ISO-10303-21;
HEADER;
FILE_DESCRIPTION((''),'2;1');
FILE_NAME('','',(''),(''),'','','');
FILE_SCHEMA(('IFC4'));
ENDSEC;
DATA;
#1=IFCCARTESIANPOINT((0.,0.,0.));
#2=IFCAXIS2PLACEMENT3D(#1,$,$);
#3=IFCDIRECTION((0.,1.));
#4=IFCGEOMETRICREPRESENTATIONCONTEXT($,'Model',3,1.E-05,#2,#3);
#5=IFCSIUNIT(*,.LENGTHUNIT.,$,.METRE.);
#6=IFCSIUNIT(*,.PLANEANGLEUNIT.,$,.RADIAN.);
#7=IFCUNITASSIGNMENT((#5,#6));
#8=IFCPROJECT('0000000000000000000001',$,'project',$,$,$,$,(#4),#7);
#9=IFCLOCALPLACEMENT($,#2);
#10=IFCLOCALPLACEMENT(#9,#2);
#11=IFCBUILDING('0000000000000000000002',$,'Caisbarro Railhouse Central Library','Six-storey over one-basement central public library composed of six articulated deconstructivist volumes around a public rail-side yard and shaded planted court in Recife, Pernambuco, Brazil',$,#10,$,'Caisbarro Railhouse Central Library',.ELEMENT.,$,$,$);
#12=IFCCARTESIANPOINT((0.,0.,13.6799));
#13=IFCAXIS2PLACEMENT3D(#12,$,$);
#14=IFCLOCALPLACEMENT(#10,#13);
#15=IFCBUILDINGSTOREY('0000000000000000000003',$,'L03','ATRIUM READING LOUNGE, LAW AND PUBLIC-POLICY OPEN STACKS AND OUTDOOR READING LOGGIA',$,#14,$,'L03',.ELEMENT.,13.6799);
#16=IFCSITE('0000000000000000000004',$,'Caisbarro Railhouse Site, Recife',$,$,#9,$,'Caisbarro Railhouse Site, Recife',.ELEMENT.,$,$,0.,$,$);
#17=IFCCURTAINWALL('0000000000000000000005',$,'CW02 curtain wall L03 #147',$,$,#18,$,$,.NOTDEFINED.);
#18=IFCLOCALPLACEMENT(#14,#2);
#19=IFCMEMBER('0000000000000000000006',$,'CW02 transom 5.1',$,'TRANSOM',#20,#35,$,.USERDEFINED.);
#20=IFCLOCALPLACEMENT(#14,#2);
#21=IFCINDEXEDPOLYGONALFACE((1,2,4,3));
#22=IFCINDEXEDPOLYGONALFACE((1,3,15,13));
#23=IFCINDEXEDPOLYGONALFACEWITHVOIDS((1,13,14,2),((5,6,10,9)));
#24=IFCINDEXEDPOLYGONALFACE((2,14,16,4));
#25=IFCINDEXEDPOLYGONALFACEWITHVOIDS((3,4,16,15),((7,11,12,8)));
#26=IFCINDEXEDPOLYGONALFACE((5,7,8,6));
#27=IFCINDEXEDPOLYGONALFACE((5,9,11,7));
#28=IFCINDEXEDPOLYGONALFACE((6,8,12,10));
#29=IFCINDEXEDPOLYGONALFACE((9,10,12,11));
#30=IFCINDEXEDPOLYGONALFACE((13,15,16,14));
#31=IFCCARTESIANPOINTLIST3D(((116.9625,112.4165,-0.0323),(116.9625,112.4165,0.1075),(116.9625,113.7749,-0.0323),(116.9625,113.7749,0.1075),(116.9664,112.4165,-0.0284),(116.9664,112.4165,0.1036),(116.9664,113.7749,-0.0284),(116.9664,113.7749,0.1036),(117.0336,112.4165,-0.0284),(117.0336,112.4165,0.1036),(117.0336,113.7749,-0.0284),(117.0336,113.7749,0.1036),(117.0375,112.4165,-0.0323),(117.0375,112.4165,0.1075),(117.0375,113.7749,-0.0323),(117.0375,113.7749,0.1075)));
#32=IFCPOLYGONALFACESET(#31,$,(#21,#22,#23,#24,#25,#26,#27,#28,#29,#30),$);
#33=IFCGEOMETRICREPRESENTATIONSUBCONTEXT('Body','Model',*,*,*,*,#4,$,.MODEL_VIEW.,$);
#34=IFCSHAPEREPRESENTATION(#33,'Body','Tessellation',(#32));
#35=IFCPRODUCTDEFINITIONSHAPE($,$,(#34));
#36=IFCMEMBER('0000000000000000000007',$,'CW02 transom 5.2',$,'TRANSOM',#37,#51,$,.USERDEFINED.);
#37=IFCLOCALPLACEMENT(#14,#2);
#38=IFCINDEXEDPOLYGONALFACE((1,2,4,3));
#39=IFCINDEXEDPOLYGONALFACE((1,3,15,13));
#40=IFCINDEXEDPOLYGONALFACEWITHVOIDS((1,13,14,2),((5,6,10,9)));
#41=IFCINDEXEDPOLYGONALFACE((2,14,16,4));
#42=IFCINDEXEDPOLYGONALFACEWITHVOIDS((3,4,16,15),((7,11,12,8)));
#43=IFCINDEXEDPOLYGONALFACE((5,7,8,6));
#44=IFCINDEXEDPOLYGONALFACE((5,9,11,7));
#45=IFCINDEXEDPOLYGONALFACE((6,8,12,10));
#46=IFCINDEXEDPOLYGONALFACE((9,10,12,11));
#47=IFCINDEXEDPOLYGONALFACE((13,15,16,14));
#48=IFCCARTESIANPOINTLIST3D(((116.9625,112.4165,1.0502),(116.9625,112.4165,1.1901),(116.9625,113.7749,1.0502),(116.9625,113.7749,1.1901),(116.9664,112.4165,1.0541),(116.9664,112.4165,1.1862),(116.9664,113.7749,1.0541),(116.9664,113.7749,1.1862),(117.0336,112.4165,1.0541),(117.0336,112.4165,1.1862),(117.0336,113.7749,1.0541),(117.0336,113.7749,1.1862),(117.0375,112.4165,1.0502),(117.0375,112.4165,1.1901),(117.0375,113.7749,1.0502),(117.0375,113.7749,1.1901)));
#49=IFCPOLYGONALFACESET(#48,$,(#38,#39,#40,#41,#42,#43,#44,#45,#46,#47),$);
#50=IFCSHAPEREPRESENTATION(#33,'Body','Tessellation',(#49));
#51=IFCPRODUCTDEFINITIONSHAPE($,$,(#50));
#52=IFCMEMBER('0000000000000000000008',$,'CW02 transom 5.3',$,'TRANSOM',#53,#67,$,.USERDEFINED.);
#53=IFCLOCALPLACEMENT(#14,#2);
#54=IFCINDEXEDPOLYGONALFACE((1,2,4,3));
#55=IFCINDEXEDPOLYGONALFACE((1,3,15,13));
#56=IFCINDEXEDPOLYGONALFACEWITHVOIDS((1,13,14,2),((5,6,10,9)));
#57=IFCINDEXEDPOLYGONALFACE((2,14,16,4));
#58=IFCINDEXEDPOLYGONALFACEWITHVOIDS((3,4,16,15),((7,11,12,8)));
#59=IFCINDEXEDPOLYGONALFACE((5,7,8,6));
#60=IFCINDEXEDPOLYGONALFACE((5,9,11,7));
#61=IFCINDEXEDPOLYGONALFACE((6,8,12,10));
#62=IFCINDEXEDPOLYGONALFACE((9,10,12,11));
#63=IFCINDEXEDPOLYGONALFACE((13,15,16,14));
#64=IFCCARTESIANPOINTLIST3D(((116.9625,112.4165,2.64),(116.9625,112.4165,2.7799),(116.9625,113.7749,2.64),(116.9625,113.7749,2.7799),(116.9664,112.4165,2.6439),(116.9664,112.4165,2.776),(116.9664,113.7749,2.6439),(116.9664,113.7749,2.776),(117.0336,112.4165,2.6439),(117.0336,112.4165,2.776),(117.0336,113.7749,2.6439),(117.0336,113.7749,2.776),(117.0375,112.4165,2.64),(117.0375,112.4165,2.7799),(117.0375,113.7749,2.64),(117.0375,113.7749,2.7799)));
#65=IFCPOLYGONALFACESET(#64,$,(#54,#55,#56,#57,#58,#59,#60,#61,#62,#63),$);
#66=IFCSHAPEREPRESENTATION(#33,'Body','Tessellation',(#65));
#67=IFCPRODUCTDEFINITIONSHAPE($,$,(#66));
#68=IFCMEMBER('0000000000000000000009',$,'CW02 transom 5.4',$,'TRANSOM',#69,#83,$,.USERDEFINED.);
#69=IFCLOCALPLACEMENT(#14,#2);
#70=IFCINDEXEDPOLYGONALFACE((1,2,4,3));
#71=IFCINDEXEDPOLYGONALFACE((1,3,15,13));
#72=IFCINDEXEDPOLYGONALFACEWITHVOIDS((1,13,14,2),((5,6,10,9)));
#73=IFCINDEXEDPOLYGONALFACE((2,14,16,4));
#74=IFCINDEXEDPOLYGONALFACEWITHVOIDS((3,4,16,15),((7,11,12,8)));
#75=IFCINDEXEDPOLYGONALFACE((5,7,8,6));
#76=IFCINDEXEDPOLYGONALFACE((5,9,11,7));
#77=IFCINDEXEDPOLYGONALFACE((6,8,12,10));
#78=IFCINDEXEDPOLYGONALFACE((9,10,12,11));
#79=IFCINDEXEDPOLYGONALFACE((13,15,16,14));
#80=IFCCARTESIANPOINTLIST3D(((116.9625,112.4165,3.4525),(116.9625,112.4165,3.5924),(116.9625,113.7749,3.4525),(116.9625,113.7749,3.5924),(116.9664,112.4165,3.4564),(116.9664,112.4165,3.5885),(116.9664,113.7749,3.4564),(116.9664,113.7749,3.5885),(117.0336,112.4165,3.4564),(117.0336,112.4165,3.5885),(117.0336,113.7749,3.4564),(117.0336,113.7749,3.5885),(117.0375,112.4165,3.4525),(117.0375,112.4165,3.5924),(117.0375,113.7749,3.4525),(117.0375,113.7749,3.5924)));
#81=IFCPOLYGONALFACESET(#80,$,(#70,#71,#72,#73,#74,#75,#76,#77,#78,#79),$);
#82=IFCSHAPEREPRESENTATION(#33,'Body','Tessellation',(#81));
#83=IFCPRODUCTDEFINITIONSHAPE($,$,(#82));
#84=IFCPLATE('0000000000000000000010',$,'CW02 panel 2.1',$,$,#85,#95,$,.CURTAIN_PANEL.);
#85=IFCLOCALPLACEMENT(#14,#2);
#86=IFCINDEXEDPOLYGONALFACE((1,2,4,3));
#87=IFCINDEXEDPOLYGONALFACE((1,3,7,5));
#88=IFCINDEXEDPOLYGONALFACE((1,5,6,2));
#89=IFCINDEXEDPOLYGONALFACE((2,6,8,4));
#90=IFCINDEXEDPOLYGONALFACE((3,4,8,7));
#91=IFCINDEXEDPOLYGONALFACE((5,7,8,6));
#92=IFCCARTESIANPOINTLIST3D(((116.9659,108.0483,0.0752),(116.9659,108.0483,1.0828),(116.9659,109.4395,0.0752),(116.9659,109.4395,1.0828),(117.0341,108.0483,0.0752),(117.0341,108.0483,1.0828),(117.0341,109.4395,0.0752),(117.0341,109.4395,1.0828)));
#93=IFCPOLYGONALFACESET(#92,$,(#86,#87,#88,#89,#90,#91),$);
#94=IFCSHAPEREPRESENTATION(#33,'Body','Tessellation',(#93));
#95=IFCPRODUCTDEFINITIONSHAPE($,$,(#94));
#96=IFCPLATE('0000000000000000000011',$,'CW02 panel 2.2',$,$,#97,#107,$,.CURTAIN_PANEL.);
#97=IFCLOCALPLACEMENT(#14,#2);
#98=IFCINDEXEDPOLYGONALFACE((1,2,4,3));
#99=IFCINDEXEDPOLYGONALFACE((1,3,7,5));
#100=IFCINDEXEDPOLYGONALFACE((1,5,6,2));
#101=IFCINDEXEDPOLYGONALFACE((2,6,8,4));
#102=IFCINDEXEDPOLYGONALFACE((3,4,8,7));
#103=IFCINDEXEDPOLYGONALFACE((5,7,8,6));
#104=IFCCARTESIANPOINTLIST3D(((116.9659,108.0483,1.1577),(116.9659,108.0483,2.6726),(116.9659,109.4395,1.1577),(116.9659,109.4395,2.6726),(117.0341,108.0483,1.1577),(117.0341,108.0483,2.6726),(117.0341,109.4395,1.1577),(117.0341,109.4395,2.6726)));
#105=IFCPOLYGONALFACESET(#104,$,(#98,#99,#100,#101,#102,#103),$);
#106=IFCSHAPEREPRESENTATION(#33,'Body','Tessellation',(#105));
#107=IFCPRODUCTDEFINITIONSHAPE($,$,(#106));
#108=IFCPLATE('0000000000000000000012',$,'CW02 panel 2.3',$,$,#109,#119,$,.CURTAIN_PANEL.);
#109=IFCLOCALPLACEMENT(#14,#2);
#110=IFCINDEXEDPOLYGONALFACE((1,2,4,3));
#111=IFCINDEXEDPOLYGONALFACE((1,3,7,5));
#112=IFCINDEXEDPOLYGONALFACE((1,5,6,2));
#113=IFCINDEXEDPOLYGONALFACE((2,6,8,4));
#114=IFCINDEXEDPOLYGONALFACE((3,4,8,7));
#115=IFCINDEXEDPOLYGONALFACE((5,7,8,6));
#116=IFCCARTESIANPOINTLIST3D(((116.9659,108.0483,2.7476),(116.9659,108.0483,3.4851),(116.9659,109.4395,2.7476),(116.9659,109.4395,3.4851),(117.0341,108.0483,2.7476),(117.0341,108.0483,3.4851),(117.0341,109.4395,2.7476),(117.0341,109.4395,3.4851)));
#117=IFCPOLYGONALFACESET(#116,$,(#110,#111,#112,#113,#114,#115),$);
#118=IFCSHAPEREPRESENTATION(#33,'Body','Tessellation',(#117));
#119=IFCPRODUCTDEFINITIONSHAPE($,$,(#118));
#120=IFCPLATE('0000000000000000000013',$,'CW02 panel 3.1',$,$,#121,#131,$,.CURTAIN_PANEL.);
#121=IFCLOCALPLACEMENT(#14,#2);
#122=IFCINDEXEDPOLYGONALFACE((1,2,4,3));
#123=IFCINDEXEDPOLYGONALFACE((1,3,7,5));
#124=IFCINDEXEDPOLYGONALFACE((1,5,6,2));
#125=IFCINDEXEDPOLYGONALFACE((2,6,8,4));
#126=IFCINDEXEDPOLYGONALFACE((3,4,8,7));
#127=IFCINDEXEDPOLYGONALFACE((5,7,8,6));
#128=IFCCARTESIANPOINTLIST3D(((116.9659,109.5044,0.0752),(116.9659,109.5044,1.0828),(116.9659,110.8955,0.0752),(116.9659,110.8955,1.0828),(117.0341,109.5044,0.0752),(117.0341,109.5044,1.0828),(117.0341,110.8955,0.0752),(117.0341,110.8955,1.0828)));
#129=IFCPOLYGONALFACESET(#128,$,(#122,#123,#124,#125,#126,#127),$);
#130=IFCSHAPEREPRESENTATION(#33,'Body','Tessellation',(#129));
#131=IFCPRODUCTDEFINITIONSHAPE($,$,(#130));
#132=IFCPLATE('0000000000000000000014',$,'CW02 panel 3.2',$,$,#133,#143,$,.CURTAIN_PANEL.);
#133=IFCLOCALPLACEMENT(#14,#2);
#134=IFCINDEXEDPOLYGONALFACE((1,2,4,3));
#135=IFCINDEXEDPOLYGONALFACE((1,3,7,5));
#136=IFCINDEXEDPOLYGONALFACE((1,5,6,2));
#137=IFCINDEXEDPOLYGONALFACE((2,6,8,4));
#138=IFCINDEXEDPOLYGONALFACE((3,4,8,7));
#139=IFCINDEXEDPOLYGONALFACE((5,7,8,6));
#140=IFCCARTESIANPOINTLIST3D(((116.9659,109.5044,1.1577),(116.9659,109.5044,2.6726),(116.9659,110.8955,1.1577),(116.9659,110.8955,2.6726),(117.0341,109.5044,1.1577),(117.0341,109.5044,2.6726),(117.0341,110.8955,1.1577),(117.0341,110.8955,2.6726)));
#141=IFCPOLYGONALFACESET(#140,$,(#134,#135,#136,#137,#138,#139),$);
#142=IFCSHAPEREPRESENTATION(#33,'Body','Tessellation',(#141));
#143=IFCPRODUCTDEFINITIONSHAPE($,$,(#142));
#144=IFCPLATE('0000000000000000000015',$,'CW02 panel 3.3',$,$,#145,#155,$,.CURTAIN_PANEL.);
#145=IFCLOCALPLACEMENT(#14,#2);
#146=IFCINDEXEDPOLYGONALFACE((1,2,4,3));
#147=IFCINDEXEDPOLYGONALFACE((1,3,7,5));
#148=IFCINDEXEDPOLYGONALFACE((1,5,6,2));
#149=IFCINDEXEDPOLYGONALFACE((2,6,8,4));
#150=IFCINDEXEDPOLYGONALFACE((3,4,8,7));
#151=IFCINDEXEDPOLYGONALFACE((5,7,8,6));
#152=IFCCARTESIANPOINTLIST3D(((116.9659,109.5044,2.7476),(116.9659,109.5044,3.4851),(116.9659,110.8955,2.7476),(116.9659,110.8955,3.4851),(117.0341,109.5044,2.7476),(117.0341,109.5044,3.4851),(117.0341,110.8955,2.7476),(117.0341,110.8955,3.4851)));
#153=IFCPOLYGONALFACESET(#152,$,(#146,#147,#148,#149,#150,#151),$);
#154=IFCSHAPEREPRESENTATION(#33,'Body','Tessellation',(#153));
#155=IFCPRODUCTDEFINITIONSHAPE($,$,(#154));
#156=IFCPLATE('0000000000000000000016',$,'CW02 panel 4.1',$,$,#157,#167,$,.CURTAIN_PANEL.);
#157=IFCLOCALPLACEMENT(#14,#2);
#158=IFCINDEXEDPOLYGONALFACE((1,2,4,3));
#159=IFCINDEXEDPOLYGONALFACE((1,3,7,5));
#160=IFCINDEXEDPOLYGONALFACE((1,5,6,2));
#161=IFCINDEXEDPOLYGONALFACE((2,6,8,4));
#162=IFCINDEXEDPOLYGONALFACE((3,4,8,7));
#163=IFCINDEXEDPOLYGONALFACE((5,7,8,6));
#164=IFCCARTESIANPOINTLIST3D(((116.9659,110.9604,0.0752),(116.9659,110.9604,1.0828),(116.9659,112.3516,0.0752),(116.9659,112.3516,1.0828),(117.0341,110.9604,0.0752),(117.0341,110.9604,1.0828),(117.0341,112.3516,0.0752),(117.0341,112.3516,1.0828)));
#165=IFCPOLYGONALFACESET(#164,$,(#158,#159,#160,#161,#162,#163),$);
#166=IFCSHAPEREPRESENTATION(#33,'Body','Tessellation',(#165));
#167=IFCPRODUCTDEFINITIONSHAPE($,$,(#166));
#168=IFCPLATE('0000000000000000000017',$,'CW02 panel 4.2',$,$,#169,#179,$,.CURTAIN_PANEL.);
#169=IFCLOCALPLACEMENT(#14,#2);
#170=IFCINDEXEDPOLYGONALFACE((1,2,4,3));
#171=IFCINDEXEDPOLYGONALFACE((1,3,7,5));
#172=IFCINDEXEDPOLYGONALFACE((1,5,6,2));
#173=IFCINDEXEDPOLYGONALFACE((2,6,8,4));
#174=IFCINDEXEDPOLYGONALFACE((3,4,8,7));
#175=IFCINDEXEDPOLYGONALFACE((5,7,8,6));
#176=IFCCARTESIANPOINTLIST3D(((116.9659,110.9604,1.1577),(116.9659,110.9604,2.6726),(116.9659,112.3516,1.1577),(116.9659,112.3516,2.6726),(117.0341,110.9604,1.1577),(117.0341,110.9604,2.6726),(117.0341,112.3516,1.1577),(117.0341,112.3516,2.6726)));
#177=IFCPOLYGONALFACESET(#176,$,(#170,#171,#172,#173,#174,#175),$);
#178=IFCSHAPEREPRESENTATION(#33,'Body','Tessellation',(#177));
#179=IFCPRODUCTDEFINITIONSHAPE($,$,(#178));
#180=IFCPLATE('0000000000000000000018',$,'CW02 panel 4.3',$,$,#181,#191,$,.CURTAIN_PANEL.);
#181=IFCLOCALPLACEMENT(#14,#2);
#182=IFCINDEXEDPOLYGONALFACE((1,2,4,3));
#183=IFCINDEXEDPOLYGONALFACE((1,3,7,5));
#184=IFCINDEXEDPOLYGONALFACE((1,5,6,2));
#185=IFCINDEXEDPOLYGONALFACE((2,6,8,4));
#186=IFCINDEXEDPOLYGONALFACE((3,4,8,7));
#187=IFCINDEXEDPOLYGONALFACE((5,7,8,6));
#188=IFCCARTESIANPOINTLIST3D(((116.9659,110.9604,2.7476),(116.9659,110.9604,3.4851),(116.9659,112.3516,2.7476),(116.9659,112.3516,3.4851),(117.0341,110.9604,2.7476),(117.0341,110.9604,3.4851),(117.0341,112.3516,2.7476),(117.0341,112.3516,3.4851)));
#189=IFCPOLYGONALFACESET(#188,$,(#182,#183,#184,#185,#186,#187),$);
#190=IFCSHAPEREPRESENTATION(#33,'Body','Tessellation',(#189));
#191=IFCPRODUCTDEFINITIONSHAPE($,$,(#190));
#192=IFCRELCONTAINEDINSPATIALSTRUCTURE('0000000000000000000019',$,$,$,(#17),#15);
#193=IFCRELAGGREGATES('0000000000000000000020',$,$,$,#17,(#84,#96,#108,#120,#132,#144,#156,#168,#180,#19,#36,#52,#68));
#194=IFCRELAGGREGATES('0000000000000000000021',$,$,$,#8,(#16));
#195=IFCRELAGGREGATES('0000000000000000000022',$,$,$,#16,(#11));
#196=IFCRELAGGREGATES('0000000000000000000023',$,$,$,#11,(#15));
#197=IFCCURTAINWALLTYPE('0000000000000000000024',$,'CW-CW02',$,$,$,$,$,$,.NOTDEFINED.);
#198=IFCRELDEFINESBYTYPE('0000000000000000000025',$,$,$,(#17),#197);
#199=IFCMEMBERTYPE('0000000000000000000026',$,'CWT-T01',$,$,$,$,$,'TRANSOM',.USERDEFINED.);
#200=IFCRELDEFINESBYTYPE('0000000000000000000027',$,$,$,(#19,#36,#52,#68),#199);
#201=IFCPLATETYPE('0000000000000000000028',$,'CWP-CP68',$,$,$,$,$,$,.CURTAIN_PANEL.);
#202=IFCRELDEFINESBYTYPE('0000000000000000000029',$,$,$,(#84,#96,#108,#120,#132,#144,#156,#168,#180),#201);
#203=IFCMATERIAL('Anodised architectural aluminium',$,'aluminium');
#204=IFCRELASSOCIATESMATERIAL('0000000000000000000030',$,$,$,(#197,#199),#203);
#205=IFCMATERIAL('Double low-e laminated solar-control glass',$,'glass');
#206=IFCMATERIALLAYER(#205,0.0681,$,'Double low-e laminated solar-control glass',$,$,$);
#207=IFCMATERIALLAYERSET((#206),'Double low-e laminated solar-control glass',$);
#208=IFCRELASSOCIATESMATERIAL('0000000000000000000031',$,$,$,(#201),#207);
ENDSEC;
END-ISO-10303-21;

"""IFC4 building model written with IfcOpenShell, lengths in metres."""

from ifc_helpers import new_model, si_unit, direction, frame, origin, origin_2d, place, context, subcontext, project, spatial, rectangle, hollow_rectangle, extrude, material, layer, layer_set, material_profile, profile_set, type_object, element, aggregate, save


model = new_model("IFC4")

# Units and contexts
model_context = context("Model", 3, precision=1e-05, world=origin(), true_north=direction((0.0, 1.0)))
body_context = subcontext(model_context, "Body", "Model", "MODEL_VIEW")
ifc_project = project(units=[si_unit("LENGTHUNIT", "METRE"), si_unit("PLANEANGLEUNIT", "RADIAN")], contexts=[model_context])

# Site, building, storey
site_placement = place(None, origin())
site = spatial("IfcSite", under=ifc_project, at=site_placement, Name="Caisbarro Railhouse Site, Recife", LongName="Caisbarro Railhouse Site, Recife", CompositionType="ELEMENT", RefElevation=0.0)
building_placement = place(site_placement, origin())
building = spatial("IfcBuilding", under=site, at=building_placement, Name="Caisbarro Railhouse Central Library", Description="Six-storey over one-basement central public library composed of six articulated deconstructivist volumes around a public rail-side yard and shaded planted court in Recife, Pernambuco, Brazil", LongName="Caisbarro Railhouse Central Library", CompositionType="ELEMENT")
storey_placement = place(building_placement, frame((0.0, 0.0, 13.6799)))
storey = spatial("IfcBuildingStorey", under=building, at=storey_placement, Name="L03", Description="ATRIUM READING LOUNGE, LAW AND PUBLIC-POLICY OPEN STACKS AND OUTDOOR READING LOGGIA", LongName="L03", CompositionType="ELEMENT", Elevation=13.6799)

# Curtain wall, members, plates
ifc_material_1 = material(Name="Anodised architectural aluminium", Category="aluminium")
curtain_wall_type = type_object("IfcCurtainWallType", Name="CW-CW02", PredefinedType="NOTDEFINED", material=ifc_material_1)
curtain_wall_placement = place(storey_placement, origin())
curtain_wall = element("IfcCurtainWall", 1, at=curtain_wall_placement, inside=storey, type_object=curtain_wall_type, Name="CW02 curtain wall L03 #147", PredefinedType="NOTDEFINED")
ifc_material_profile_1 = material_profile(ifc_material_1, hollow_rectangle(XDim=0.075, YDim=0.1399, WallThickness=0.0039, at=origin_2d()), Name="ALU-TRN-75X140")
ifc_profile_set_1 = profile_set([ifc_material_profile_1], Name="Anodised architectural aluminium")
member_type_1 = type_object("IfcMemberType", Name="CWT-T01", ElementType="TRANSOM", PredefinedType="USERDEFINED", material=ifc_profile_set_1)
member_1_placement = place(storey_placement, frame((117.0, 112.4165, 0.0376), z_axis=(0.0, 1.0, 0.0), x_axis=(-1.0, 0.0, 0.0)))
member_1 = element("IfcMember", 2, at=member_1_placement, type_object=member_type_1, Name="CW02 transom 5.1", ObjectType="TRANSOM", PredefinedType="USERDEFINED", context=body_context, shape_type="SweptSolid", body=[
    extrude(hollow_rectangle(XDim=0.075, YDim=0.1399, WallThickness=0.0039, at=origin_2d()), origin(), (0.0, 0.0, 1.0), 1.3584),
])
member_2_placement = place(storey_placement, frame((117.0, 112.4165, 1.1201), z_axis=(0.0, 1.0, 0.0), x_axis=(-1.0, 0.0, 0.0)))
member_2 = element("IfcMember", 3, at=member_2_placement, type_object=member_type_1, Name="CW02 transom 5.2", ObjectType="TRANSOM", PredefinedType="USERDEFINED", context=body_context, shape_type="SweptSolid", body=[
    extrude(hollow_rectangle(XDim=0.075, YDim=0.1399, WallThickness=0.0039, at=origin_2d()), origin(), (0.0, 0.0, 1.0), 1.3584),
])
member_3_placement = place(storey_placement, frame((117.0, 112.4165, 2.71), z_axis=(0.0, 1.0, 0.0), x_axis=(-1.0, 0.0, 0.0)))
member_3 = element("IfcMember", 4, at=member_3_placement, type_object=member_type_1, Name="CW02 transom 5.3", ObjectType="TRANSOM", PredefinedType="USERDEFINED", context=body_context, shape_type="SweptSolid", body=[
    extrude(hollow_rectangle(XDim=0.075, YDim=0.1399, WallThickness=0.0039, at=origin_2d()), origin(), (0.0, 0.0, 1.0), 1.3584),
])
member_4_placement = place(storey_placement, frame((117.0, 112.4165, 3.5225), z_axis=(0.0, 1.0, 0.0), x_axis=(-1.0, 0.0, 0.0)))
member_4 = element("IfcMember", 5, at=member_4_placement, type_object=member_type_1, Name="CW02 transom 5.4", ObjectType="TRANSOM", PredefinedType="USERDEFINED", context=body_context, shape_type="SweptSolid", body=[
    extrude(hollow_rectangle(XDim=0.075, YDim=0.1399, WallThickness=0.0039, at=origin_2d()), origin(), (0.0, 0.0, 1.0), 1.3584),
])
ifc_material_2 = material(Name="Double low-e laminated solar-control glass", Category="glass")
ifc_layer_1 = layer(ifc_material_2, 0.0681, Name="Double low-e laminated solar-control glass")
ifc_layer_set_1 = layer_set([ifc_layer_1], Name="Double low-e laminated solar-control glass")
plate_type_1 = type_object("IfcPlateType", Name="CWP-CP68", PredefinedType="CURTAIN_PANEL", material=ifc_layer_set_1)
plate_1_placement = place(storey_placement, frame((117.0, 108.7439, 0.0752), z_axis=(0.0, 0.0, 1.0), x_axis=(0.0, 1.0, 0.0)))
plate_1 = element("IfcPlate", 6, at=plate_1_placement, type_object=plate_type_1, Name="CW02 panel 2.1", PredefinedType="CURTAIN_PANEL", context=body_context, shape_type="SweptSolid", body=[
    extrude(rectangle(XDim=1.3911, YDim=0.0681, at=origin_2d()), origin(), (0.0, 0.0, 1.0), 1.0076),
])
plate_2_placement = place(storey_placement, frame((117.0, 108.7439, 1.1577), z_axis=(0.0, 0.0, 1.0), x_axis=(0.0, 1.0, 0.0)))
plate_2 = element("IfcPlate", 7, at=plate_2_placement, type_object=plate_type_1, Name="CW02 panel 2.2", PredefinedType="CURTAIN_PANEL", context=body_context, shape_type="SweptSolid", body=[
    extrude(rectangle(XDim=1.3911, YDim=0.0681, at=origin_2d()), origin(), (0.0, 0.0, 1.0), 1.5149),
])
plate_3_placement = place(storey_placement, frame((117.0, 108.7439, 2.7476), z_axis=(0.0, 0.0, 1.0), x_axis=(0.0, 1.0, 0.0)))
plate_3 = element("IfcPlate", 8, at=plate_3_placement, type_object=plate_type_1, Name="CW02 panel 2.3", PredefinedType="CURTAIN_PANEL", context=body_context, shape_type="SweptSolid", body=[
    extrude(rectangle(XDim=1.3911, YDim=0.0681, at=origin_2d()), origin(), (0.0, 0.0, 1.0), 0.7375),
])
plate_4_placement = place(storey_placement, frame((117.0, 110.2, 0.0752), z_axis=(0.0, 0.0, 1.0), x_axis=(0.0, 1.0, 0.0)))
plate_4 = element("IfcPlate", 9, at=plate_4_placement, type_object=plate_type_1, Name="CW02 panel 3.1", PredefinedType="CURTAIN_PANEL", context=body_context, shape_type="SweptSolid", body=[
    extrude(rectangle(XDim=1.3911, YDim=0.0681, at=origin_2d()), origin(), (0.0, 0.0, 1.0), 1.0076),
])
plate_5_placement = place(storey_placement, frame((117.0, 110.2, 1.1577), z_axis=(0.0, 0.0, 1.0), x_axis=(0.0, 1.0, 0.0)))
plate_5 = element("IfcPlate", 10, at=plate_5_placement, type_object=plate_type_1, Name="CW02 panel 3.2", PredefinedType="CURTAIN_PANEL", context=body_context, shape_type="SweptSolid", body=[
    extrude(rectangle(XDim=1.3911, YDim=0.0681, at=origin_2d()), origin(), (0.0, 0.0, 1.0), 1.5149),
])
plate_6_placement = place(storey_placement, frame((117.0, 110.2, 2.7476), z_axis=(0.0, 0.0, 1.0), x_axis=(0.0, 1.0, 0.0)))
plate_6 = element("IfcPlate", 11, at=plate_6_placement, type_object=plate_type_1, Name="CW02 panel 3.3", PredefinedType="CURTAIN_PANEL", context=body_context, shape_type="SweptSolid", body=[
    extrude(rectangle(XDim=1.3911, YDim=0.0681, at=origin_2d()), origin(), (0.0, 0.0, 1.0), 0.7375),
])
plate_7_placement = place(storey_placement, frame((117.0, 111.656, 0.0752), z_axis=(0.0, 0.0, 1.0), x_axis=(0.0, 1.0, 0.0)))
plate_7 = element("IfcPlate", 12, at=plate_7_placement, type_object=plate_type_1, Name="CW02 panel 4.1", PredefinedType="CURTAIN_PANEL", context=body_context, shape_type="SweptSolid", body=[
    extrude(rectangle(XDim=1.3911, YDim=0.0681, at=origin_2d()), origin(), (0.0, 0.0, 1.0), 1.0076),
])
plate_8_placement = place(storey_placement, frame((117.0, 111.656, 1.1577), z_axis=(0.0, 0.0, 1.0), x_axis=(0.0, 1.0, 0.0)))
plate_8 = element("IfcPlate", 13, at=plate_8_placement, type_object=plate_type_1, Name="CW02 panel 4.2", PredefinedType="CURTAIN_PANEL", context=body_context, shape_type="SweptSolid", body=[
    extrude(rectangle(XDim=1.3911, YDim=0.0681, at=origin_2d()), origin(), (0.0, 0.0, 1.0), 1.5149),
])
plate_9_placement = place(storey_placement, frame((117.0, 111.656, 2.7476), z_axis=(0.0, 0.0, 1.0), x_axis=(0.0, 1.0, 0.0)))
plate_9 = element("IfcPlate", 14, at=plate_9_placement, type_object=plate_type_1, Name="CW02 panel 4.3", PredefinedType="CURTAIN_PANEL", context=body_context, shape_type="SweptSolid", body=[
    extrude(rectangle(XDim=1.3911, YDim=0.0681, at=origin_2d()), origin(), (0.0, 0.0, 1.0), 0.7375),
])
aggregate(curtain_wall, [plate_1, plate_2, plate_3, plate_4, plate_5, plate_6, plate_7, plate_8, plate_9, member_1, member_2, member_3, member_4])

save(model, "model.ifc")
